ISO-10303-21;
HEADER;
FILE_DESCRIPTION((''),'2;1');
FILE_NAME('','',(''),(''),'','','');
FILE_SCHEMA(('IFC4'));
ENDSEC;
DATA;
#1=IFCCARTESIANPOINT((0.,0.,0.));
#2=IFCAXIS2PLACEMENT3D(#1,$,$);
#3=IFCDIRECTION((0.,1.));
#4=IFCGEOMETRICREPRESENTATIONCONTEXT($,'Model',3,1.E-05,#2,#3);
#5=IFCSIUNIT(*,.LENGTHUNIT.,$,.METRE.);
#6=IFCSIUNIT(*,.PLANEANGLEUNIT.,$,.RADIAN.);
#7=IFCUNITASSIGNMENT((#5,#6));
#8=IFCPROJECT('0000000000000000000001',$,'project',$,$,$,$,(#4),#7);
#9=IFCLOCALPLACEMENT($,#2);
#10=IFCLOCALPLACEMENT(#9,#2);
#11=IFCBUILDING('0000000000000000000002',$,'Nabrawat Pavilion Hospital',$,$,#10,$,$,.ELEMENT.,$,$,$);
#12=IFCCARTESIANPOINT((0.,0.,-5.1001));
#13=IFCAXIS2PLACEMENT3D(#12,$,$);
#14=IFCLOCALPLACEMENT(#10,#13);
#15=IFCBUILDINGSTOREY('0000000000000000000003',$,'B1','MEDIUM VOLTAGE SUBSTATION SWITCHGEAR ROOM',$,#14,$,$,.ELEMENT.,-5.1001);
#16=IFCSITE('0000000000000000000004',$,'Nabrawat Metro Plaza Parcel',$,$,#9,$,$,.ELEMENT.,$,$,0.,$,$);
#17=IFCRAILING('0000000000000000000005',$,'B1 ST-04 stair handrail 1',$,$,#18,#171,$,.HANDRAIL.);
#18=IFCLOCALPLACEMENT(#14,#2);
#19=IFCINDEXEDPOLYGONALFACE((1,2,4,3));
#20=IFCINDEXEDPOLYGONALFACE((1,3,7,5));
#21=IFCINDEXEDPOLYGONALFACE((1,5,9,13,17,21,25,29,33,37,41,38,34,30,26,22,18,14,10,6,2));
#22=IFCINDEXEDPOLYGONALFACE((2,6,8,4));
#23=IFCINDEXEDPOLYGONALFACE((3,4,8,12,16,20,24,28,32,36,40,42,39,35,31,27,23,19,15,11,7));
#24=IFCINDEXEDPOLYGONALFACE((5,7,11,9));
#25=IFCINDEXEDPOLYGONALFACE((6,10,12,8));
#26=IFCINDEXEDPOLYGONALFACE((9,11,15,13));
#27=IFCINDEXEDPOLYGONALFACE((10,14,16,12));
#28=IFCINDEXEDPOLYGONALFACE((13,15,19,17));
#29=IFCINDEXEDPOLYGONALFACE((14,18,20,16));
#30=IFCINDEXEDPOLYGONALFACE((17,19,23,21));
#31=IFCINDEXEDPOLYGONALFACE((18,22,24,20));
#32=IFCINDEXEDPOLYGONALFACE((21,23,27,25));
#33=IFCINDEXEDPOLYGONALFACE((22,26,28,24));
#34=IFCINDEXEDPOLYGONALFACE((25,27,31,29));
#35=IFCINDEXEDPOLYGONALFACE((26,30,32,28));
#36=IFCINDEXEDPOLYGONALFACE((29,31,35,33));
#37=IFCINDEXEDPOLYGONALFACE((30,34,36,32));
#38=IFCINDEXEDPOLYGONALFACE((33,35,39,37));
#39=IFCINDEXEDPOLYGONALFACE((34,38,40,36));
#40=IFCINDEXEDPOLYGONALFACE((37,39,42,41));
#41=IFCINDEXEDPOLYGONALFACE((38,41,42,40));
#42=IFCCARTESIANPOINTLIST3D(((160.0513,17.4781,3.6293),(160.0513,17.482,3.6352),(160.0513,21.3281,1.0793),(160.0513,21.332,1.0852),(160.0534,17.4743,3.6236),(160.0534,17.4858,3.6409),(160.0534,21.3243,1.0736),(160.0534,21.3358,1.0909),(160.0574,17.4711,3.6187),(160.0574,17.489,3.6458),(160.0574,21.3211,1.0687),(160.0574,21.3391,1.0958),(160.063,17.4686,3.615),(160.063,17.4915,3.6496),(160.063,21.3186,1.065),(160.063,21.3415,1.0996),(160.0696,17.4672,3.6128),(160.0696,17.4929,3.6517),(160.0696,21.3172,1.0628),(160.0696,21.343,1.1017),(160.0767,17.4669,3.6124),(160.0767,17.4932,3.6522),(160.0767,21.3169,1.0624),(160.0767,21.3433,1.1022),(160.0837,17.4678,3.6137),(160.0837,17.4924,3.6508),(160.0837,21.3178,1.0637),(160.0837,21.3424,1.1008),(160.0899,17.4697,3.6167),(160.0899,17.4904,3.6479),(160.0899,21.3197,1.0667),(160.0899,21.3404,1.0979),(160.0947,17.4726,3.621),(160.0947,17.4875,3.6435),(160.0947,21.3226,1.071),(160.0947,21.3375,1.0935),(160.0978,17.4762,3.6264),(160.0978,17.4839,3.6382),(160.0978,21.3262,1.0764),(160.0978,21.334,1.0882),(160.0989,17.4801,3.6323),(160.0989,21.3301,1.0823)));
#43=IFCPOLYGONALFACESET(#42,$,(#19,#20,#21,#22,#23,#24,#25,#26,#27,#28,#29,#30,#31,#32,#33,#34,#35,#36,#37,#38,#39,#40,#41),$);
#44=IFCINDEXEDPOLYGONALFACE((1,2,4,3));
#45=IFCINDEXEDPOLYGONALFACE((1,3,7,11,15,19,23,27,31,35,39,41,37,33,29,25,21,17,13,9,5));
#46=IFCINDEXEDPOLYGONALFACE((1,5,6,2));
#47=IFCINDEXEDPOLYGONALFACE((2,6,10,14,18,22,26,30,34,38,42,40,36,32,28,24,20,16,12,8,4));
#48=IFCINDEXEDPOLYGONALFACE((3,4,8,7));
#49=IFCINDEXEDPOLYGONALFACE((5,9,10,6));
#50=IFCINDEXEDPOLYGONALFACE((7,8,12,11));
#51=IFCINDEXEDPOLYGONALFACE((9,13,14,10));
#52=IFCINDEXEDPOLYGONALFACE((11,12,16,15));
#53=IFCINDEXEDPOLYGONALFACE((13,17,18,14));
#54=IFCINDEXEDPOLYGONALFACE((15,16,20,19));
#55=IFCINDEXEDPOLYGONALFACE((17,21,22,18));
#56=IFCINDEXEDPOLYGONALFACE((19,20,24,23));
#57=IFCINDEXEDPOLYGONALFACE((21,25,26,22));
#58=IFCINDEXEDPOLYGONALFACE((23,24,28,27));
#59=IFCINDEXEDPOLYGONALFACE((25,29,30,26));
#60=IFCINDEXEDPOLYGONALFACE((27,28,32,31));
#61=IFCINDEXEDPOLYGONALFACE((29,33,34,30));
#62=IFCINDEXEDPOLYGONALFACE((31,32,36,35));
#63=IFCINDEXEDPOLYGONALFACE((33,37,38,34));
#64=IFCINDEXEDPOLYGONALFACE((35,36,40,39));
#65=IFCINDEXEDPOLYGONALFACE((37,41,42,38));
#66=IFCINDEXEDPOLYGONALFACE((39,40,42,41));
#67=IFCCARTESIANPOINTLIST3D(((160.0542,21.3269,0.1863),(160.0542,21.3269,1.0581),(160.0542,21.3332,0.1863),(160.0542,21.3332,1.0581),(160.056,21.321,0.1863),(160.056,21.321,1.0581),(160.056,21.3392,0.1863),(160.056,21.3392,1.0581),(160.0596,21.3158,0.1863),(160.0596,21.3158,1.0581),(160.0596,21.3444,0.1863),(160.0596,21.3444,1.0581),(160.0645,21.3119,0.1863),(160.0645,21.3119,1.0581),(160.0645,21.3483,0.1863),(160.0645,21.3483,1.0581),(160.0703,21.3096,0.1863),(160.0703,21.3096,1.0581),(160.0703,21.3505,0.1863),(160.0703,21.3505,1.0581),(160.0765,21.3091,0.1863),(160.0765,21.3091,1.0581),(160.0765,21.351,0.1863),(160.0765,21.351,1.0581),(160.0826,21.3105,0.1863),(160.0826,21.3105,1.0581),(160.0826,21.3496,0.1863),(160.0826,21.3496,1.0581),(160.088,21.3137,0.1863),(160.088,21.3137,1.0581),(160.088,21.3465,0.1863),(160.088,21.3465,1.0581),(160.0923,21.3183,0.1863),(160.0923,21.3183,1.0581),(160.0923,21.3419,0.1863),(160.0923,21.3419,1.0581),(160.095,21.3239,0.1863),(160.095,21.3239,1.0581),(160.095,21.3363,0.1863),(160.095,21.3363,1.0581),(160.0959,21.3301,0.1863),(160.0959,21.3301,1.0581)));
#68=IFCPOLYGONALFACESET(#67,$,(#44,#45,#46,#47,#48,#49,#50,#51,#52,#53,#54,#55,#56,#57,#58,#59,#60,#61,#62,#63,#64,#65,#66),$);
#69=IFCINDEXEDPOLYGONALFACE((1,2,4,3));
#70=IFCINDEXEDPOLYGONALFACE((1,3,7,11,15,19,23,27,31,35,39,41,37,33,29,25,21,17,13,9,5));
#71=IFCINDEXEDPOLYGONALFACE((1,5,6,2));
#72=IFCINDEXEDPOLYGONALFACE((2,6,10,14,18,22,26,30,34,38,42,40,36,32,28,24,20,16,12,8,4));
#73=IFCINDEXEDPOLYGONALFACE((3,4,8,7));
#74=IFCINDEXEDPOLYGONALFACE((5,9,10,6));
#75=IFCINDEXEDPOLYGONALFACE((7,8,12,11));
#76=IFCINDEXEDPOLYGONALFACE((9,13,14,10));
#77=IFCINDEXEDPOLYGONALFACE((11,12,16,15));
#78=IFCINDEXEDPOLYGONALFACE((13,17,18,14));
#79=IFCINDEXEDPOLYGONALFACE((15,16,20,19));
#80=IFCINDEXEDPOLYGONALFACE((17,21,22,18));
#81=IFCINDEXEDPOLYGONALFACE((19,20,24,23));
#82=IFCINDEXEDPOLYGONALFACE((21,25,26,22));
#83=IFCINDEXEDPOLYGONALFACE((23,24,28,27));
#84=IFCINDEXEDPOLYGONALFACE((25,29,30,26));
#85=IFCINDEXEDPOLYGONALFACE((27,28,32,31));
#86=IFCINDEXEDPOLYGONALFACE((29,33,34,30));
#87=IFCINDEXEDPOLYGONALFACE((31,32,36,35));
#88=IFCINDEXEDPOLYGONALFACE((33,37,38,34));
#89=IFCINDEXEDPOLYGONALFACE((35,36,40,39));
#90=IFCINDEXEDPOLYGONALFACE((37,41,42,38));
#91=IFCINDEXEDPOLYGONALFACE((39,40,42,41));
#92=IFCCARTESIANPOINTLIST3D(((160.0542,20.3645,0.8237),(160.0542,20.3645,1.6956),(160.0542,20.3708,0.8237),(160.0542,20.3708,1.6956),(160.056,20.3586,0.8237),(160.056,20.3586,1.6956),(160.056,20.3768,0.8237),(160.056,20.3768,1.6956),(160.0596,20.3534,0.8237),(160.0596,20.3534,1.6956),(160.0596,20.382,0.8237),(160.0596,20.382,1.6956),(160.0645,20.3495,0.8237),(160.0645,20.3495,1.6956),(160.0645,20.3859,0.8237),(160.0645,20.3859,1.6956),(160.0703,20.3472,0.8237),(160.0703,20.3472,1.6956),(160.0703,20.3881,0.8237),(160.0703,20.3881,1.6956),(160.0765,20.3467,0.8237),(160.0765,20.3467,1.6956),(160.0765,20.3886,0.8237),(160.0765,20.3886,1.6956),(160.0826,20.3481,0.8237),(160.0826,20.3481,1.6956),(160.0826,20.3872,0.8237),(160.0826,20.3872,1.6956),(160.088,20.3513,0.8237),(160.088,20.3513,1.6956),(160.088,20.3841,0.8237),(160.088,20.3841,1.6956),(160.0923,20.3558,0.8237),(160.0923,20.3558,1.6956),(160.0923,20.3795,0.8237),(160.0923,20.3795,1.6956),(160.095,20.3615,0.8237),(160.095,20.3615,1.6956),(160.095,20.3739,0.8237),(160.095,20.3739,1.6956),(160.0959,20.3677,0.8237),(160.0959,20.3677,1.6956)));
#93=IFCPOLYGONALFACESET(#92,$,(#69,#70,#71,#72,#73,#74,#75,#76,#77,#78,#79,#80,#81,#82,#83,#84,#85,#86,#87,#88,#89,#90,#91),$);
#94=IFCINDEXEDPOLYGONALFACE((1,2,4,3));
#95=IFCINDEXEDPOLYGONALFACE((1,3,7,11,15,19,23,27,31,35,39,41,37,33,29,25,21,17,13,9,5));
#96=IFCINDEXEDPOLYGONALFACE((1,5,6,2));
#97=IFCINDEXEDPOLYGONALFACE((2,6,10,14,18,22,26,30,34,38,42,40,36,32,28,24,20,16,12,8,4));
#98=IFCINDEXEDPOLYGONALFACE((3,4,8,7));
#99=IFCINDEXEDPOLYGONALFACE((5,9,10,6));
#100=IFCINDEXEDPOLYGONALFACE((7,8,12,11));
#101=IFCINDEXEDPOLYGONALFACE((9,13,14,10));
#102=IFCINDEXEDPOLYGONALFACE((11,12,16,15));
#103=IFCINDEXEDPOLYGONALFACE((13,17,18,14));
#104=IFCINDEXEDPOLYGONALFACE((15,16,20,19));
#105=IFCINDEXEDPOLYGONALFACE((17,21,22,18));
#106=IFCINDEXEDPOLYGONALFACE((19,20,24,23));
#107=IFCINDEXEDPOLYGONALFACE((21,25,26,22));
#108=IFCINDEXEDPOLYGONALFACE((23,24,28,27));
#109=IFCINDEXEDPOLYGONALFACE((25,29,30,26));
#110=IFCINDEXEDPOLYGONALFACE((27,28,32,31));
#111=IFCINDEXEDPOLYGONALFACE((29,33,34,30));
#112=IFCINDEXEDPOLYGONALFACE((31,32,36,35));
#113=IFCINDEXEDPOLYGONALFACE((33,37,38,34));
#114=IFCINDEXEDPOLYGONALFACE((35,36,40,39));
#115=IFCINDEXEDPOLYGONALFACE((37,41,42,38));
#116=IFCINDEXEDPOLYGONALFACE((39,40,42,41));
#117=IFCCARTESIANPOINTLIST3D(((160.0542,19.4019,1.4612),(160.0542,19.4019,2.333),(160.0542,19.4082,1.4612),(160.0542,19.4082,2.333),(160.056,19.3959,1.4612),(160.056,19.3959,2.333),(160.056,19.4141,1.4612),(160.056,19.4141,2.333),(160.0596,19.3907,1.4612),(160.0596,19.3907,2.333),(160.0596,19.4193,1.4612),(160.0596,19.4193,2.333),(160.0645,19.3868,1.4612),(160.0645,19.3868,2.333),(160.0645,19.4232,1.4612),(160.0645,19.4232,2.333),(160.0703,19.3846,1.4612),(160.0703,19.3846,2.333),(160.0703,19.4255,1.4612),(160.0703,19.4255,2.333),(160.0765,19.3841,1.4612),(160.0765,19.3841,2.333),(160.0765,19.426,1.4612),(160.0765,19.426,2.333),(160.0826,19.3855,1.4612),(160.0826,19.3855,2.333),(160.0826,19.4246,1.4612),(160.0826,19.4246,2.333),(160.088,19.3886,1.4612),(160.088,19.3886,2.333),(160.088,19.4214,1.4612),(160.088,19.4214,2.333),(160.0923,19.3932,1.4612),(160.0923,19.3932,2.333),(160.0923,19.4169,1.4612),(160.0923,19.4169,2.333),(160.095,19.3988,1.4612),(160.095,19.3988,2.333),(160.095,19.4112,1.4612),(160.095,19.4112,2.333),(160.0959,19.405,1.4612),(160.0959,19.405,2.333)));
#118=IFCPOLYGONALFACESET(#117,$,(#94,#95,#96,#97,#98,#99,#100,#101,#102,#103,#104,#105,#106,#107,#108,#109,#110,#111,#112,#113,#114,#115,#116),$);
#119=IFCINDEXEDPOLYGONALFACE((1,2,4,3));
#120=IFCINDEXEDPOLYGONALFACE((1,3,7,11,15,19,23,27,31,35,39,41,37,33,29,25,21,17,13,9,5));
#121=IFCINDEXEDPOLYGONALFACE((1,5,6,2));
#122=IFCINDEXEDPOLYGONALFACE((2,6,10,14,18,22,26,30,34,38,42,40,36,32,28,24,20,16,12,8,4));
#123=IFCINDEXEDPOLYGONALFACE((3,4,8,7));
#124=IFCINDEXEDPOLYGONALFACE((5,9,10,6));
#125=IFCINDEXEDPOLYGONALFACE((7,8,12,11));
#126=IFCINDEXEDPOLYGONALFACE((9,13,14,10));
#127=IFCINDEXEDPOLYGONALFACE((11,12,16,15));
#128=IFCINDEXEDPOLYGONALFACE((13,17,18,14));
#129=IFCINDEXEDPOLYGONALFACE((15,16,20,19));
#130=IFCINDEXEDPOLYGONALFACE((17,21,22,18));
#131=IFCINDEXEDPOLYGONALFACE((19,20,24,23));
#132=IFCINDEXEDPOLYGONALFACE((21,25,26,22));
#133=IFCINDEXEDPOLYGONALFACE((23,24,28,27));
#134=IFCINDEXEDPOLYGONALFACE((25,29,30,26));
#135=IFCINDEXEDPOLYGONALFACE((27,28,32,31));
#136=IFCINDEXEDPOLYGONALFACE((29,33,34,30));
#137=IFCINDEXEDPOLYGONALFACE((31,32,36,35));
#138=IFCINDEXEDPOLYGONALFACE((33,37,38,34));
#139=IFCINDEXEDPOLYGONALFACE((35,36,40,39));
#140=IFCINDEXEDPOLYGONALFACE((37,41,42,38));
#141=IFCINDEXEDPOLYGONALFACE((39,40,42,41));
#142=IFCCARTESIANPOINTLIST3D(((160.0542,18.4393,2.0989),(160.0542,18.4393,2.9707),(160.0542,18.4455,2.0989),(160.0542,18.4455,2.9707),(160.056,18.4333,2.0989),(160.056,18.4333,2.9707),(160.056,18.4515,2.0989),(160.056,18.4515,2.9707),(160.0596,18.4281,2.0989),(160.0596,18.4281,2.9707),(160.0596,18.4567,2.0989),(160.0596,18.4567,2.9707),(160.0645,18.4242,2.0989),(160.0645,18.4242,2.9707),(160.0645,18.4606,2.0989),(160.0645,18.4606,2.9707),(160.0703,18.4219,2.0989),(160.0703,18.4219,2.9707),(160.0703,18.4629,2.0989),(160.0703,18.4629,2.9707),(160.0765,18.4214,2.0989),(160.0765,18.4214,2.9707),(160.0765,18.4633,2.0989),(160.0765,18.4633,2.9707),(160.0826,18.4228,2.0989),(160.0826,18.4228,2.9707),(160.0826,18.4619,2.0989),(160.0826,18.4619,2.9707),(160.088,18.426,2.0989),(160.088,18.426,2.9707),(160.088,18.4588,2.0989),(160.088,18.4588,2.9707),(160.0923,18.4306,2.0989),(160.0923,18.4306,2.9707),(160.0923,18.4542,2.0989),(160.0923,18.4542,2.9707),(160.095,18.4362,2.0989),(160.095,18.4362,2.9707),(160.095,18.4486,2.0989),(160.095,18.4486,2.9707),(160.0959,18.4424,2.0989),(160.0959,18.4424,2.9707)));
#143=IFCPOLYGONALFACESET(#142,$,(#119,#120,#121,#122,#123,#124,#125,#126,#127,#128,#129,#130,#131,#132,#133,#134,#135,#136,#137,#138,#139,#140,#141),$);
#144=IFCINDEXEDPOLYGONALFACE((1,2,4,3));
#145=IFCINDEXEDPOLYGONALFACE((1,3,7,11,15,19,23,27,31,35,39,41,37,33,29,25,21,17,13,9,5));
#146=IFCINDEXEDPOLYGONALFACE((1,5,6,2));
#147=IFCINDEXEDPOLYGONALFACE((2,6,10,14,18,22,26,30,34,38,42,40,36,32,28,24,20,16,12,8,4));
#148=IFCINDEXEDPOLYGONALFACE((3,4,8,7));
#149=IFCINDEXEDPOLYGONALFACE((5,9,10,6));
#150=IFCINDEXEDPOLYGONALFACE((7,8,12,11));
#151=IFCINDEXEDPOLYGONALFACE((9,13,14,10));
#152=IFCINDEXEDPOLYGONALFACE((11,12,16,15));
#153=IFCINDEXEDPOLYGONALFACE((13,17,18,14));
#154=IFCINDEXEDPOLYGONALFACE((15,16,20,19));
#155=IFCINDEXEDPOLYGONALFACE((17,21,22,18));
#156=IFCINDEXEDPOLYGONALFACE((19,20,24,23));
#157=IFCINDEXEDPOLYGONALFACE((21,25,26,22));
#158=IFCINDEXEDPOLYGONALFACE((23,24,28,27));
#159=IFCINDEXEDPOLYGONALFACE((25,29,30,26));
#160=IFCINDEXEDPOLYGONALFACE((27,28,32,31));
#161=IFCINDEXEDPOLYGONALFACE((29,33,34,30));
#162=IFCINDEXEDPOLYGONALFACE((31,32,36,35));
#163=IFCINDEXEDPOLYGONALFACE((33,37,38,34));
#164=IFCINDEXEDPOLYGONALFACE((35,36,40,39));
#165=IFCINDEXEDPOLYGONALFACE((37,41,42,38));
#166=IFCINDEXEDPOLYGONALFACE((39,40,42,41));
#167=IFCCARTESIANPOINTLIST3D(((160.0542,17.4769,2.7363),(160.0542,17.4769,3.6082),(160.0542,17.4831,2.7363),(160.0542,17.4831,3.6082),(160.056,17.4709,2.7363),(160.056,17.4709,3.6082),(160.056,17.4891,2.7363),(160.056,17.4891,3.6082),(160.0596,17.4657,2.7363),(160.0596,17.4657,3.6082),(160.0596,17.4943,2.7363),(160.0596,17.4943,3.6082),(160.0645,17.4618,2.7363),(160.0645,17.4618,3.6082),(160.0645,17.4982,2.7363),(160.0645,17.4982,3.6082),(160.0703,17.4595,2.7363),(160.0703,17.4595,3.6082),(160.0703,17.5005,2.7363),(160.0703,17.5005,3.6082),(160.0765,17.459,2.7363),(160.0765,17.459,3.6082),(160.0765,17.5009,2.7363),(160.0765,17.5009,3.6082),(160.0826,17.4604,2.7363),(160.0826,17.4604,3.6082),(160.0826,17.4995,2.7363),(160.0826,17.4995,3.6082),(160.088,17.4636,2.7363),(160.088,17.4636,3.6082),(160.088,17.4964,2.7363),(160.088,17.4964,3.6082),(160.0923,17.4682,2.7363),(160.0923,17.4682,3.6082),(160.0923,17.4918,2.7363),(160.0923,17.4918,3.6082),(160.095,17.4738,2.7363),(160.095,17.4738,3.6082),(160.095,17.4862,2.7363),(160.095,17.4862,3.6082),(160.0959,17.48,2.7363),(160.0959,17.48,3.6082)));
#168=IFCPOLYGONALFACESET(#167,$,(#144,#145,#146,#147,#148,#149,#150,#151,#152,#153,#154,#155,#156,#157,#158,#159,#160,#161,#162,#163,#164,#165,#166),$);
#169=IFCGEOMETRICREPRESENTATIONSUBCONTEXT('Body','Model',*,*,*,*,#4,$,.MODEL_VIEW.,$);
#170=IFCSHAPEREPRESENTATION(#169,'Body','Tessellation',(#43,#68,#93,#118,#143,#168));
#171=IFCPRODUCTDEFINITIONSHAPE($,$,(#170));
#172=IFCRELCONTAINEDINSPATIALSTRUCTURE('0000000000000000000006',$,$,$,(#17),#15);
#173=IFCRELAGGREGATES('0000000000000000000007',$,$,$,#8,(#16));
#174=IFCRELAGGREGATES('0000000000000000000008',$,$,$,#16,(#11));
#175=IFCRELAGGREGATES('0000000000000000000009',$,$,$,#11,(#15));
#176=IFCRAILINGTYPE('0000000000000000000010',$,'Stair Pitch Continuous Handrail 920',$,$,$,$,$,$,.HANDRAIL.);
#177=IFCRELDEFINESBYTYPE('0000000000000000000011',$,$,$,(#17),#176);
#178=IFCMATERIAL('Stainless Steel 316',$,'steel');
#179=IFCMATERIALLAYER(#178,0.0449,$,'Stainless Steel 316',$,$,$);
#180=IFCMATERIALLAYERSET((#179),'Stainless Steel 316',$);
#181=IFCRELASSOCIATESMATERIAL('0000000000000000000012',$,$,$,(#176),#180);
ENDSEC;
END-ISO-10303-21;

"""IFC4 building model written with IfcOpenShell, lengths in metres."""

from ifc_helpers import new_model, si_unit, direction, frame, origin, origin_2d, place, context, subcontext, project, spatial, circle, extrude, material, layer, layer_set, type_object, element, save


model = new_model("IFC4")

# Units and contexts
model_context = context("Model", 3, precision=1e-05, world=origin(), true_north=direction((0.0, 1.0)))
body_context = subcontext(model_context, "Body", "Model", "MODEL_VIEW")
ifc_project = project(units=[si_unit("LENGTHUNIT", "METRE"), si_unit("PLANEANGLEUNIT", "RADIAN")], contexts=[model_context])

# Site, building, storey
site_placement = place(None, origin())
site = spatial("IfcSite", under=ifc_project, at=site_placement, Name="Nabrawat Metro Plaza Parcel", CompositionType="ELEMENT", RefElevation=0.0)
building_placement = place(site_placement, origin())
building = spatial("IfcBuilding", under=site, at=building_placement, Name="Nabrawat Pavilion Hospital", CompositionType="ELEMENT")
storey_placement = place(building_placement, frame((0.0, 0.0, -5.1001)))
storey = spatial("IfcBuildingStorey", under=building, at=storey_placement, Name="B1", Description="MEDIUM VOLTAGE SUBSTATION SWITCHGEAR ROOM", CompositionType="ELEMENT", Elevation=-5.1001)

# Railing
ifc_material_1 = material(Name="Stainless Steel 316", Category="steel")
ifc_layer_1 = layer(ifc_material_1, 0.0449, Name="Stainless Steel 316")
ifc_layer_set_1 = layer_set([ifc_layer_1], Name="Stainless Steel 316")
railing_type_1 = type_object("IfcRailingType", Name="Stair Pitch Continuous Handrail 920", PredefinedType="HANDRAIL", material=ifc_layer_set_1)
railing_1_placement = place(storey_placement, frame((160.075, 21.3301, 0.1863)))
element("IfcRailing", 1, at=railing_1_placement, inside=storey, type_object=railing_type_1, Name="B1 ST-04 stair handrail 1", PredefinedType="HANDRAIL", context=body_context, shape_type="SweptSolid", body=[
    extrude(circle(Radius=0.0239, at=origin_2d()), frame((0.0, 0.0, 0.896), z_axis=(0.0, -0.833714, 0.552197), x_axis=(1.0, 0.0, 0.0)), (0.0, 0.0, 1.0), 4.6179),
    extrude(circle(Radius=0.021, at=origin_2d()), origin(), (0.0, 0.0, 1.0), 0.8718),
    extrude(circle(Radius=0.021, at=origin_2d()), frame((0.0, -0.9624, 0.6375)), (0.0, 0.0, 1.0), 0.8718),
    extrude(circle(Radius=0.021, at=origin_2d()), frame((0.0, -1.925, 1.2749)), (0.0, 0.0, 1.0), 0.8718),
    extrude(circle(Radius=0.021, at=origin_2d()), frame((0.0, -2.8877, 1.9126)), (0.0, 0.0, 1.0), 0.8718),
    extrude(circle(Radius=0.021, at=origin_2d()), frame((0.0, -3.8501, 2.55)), (0.0, 0.0, 1.0), 0.8718),
])

save(model, "model.ifc")
